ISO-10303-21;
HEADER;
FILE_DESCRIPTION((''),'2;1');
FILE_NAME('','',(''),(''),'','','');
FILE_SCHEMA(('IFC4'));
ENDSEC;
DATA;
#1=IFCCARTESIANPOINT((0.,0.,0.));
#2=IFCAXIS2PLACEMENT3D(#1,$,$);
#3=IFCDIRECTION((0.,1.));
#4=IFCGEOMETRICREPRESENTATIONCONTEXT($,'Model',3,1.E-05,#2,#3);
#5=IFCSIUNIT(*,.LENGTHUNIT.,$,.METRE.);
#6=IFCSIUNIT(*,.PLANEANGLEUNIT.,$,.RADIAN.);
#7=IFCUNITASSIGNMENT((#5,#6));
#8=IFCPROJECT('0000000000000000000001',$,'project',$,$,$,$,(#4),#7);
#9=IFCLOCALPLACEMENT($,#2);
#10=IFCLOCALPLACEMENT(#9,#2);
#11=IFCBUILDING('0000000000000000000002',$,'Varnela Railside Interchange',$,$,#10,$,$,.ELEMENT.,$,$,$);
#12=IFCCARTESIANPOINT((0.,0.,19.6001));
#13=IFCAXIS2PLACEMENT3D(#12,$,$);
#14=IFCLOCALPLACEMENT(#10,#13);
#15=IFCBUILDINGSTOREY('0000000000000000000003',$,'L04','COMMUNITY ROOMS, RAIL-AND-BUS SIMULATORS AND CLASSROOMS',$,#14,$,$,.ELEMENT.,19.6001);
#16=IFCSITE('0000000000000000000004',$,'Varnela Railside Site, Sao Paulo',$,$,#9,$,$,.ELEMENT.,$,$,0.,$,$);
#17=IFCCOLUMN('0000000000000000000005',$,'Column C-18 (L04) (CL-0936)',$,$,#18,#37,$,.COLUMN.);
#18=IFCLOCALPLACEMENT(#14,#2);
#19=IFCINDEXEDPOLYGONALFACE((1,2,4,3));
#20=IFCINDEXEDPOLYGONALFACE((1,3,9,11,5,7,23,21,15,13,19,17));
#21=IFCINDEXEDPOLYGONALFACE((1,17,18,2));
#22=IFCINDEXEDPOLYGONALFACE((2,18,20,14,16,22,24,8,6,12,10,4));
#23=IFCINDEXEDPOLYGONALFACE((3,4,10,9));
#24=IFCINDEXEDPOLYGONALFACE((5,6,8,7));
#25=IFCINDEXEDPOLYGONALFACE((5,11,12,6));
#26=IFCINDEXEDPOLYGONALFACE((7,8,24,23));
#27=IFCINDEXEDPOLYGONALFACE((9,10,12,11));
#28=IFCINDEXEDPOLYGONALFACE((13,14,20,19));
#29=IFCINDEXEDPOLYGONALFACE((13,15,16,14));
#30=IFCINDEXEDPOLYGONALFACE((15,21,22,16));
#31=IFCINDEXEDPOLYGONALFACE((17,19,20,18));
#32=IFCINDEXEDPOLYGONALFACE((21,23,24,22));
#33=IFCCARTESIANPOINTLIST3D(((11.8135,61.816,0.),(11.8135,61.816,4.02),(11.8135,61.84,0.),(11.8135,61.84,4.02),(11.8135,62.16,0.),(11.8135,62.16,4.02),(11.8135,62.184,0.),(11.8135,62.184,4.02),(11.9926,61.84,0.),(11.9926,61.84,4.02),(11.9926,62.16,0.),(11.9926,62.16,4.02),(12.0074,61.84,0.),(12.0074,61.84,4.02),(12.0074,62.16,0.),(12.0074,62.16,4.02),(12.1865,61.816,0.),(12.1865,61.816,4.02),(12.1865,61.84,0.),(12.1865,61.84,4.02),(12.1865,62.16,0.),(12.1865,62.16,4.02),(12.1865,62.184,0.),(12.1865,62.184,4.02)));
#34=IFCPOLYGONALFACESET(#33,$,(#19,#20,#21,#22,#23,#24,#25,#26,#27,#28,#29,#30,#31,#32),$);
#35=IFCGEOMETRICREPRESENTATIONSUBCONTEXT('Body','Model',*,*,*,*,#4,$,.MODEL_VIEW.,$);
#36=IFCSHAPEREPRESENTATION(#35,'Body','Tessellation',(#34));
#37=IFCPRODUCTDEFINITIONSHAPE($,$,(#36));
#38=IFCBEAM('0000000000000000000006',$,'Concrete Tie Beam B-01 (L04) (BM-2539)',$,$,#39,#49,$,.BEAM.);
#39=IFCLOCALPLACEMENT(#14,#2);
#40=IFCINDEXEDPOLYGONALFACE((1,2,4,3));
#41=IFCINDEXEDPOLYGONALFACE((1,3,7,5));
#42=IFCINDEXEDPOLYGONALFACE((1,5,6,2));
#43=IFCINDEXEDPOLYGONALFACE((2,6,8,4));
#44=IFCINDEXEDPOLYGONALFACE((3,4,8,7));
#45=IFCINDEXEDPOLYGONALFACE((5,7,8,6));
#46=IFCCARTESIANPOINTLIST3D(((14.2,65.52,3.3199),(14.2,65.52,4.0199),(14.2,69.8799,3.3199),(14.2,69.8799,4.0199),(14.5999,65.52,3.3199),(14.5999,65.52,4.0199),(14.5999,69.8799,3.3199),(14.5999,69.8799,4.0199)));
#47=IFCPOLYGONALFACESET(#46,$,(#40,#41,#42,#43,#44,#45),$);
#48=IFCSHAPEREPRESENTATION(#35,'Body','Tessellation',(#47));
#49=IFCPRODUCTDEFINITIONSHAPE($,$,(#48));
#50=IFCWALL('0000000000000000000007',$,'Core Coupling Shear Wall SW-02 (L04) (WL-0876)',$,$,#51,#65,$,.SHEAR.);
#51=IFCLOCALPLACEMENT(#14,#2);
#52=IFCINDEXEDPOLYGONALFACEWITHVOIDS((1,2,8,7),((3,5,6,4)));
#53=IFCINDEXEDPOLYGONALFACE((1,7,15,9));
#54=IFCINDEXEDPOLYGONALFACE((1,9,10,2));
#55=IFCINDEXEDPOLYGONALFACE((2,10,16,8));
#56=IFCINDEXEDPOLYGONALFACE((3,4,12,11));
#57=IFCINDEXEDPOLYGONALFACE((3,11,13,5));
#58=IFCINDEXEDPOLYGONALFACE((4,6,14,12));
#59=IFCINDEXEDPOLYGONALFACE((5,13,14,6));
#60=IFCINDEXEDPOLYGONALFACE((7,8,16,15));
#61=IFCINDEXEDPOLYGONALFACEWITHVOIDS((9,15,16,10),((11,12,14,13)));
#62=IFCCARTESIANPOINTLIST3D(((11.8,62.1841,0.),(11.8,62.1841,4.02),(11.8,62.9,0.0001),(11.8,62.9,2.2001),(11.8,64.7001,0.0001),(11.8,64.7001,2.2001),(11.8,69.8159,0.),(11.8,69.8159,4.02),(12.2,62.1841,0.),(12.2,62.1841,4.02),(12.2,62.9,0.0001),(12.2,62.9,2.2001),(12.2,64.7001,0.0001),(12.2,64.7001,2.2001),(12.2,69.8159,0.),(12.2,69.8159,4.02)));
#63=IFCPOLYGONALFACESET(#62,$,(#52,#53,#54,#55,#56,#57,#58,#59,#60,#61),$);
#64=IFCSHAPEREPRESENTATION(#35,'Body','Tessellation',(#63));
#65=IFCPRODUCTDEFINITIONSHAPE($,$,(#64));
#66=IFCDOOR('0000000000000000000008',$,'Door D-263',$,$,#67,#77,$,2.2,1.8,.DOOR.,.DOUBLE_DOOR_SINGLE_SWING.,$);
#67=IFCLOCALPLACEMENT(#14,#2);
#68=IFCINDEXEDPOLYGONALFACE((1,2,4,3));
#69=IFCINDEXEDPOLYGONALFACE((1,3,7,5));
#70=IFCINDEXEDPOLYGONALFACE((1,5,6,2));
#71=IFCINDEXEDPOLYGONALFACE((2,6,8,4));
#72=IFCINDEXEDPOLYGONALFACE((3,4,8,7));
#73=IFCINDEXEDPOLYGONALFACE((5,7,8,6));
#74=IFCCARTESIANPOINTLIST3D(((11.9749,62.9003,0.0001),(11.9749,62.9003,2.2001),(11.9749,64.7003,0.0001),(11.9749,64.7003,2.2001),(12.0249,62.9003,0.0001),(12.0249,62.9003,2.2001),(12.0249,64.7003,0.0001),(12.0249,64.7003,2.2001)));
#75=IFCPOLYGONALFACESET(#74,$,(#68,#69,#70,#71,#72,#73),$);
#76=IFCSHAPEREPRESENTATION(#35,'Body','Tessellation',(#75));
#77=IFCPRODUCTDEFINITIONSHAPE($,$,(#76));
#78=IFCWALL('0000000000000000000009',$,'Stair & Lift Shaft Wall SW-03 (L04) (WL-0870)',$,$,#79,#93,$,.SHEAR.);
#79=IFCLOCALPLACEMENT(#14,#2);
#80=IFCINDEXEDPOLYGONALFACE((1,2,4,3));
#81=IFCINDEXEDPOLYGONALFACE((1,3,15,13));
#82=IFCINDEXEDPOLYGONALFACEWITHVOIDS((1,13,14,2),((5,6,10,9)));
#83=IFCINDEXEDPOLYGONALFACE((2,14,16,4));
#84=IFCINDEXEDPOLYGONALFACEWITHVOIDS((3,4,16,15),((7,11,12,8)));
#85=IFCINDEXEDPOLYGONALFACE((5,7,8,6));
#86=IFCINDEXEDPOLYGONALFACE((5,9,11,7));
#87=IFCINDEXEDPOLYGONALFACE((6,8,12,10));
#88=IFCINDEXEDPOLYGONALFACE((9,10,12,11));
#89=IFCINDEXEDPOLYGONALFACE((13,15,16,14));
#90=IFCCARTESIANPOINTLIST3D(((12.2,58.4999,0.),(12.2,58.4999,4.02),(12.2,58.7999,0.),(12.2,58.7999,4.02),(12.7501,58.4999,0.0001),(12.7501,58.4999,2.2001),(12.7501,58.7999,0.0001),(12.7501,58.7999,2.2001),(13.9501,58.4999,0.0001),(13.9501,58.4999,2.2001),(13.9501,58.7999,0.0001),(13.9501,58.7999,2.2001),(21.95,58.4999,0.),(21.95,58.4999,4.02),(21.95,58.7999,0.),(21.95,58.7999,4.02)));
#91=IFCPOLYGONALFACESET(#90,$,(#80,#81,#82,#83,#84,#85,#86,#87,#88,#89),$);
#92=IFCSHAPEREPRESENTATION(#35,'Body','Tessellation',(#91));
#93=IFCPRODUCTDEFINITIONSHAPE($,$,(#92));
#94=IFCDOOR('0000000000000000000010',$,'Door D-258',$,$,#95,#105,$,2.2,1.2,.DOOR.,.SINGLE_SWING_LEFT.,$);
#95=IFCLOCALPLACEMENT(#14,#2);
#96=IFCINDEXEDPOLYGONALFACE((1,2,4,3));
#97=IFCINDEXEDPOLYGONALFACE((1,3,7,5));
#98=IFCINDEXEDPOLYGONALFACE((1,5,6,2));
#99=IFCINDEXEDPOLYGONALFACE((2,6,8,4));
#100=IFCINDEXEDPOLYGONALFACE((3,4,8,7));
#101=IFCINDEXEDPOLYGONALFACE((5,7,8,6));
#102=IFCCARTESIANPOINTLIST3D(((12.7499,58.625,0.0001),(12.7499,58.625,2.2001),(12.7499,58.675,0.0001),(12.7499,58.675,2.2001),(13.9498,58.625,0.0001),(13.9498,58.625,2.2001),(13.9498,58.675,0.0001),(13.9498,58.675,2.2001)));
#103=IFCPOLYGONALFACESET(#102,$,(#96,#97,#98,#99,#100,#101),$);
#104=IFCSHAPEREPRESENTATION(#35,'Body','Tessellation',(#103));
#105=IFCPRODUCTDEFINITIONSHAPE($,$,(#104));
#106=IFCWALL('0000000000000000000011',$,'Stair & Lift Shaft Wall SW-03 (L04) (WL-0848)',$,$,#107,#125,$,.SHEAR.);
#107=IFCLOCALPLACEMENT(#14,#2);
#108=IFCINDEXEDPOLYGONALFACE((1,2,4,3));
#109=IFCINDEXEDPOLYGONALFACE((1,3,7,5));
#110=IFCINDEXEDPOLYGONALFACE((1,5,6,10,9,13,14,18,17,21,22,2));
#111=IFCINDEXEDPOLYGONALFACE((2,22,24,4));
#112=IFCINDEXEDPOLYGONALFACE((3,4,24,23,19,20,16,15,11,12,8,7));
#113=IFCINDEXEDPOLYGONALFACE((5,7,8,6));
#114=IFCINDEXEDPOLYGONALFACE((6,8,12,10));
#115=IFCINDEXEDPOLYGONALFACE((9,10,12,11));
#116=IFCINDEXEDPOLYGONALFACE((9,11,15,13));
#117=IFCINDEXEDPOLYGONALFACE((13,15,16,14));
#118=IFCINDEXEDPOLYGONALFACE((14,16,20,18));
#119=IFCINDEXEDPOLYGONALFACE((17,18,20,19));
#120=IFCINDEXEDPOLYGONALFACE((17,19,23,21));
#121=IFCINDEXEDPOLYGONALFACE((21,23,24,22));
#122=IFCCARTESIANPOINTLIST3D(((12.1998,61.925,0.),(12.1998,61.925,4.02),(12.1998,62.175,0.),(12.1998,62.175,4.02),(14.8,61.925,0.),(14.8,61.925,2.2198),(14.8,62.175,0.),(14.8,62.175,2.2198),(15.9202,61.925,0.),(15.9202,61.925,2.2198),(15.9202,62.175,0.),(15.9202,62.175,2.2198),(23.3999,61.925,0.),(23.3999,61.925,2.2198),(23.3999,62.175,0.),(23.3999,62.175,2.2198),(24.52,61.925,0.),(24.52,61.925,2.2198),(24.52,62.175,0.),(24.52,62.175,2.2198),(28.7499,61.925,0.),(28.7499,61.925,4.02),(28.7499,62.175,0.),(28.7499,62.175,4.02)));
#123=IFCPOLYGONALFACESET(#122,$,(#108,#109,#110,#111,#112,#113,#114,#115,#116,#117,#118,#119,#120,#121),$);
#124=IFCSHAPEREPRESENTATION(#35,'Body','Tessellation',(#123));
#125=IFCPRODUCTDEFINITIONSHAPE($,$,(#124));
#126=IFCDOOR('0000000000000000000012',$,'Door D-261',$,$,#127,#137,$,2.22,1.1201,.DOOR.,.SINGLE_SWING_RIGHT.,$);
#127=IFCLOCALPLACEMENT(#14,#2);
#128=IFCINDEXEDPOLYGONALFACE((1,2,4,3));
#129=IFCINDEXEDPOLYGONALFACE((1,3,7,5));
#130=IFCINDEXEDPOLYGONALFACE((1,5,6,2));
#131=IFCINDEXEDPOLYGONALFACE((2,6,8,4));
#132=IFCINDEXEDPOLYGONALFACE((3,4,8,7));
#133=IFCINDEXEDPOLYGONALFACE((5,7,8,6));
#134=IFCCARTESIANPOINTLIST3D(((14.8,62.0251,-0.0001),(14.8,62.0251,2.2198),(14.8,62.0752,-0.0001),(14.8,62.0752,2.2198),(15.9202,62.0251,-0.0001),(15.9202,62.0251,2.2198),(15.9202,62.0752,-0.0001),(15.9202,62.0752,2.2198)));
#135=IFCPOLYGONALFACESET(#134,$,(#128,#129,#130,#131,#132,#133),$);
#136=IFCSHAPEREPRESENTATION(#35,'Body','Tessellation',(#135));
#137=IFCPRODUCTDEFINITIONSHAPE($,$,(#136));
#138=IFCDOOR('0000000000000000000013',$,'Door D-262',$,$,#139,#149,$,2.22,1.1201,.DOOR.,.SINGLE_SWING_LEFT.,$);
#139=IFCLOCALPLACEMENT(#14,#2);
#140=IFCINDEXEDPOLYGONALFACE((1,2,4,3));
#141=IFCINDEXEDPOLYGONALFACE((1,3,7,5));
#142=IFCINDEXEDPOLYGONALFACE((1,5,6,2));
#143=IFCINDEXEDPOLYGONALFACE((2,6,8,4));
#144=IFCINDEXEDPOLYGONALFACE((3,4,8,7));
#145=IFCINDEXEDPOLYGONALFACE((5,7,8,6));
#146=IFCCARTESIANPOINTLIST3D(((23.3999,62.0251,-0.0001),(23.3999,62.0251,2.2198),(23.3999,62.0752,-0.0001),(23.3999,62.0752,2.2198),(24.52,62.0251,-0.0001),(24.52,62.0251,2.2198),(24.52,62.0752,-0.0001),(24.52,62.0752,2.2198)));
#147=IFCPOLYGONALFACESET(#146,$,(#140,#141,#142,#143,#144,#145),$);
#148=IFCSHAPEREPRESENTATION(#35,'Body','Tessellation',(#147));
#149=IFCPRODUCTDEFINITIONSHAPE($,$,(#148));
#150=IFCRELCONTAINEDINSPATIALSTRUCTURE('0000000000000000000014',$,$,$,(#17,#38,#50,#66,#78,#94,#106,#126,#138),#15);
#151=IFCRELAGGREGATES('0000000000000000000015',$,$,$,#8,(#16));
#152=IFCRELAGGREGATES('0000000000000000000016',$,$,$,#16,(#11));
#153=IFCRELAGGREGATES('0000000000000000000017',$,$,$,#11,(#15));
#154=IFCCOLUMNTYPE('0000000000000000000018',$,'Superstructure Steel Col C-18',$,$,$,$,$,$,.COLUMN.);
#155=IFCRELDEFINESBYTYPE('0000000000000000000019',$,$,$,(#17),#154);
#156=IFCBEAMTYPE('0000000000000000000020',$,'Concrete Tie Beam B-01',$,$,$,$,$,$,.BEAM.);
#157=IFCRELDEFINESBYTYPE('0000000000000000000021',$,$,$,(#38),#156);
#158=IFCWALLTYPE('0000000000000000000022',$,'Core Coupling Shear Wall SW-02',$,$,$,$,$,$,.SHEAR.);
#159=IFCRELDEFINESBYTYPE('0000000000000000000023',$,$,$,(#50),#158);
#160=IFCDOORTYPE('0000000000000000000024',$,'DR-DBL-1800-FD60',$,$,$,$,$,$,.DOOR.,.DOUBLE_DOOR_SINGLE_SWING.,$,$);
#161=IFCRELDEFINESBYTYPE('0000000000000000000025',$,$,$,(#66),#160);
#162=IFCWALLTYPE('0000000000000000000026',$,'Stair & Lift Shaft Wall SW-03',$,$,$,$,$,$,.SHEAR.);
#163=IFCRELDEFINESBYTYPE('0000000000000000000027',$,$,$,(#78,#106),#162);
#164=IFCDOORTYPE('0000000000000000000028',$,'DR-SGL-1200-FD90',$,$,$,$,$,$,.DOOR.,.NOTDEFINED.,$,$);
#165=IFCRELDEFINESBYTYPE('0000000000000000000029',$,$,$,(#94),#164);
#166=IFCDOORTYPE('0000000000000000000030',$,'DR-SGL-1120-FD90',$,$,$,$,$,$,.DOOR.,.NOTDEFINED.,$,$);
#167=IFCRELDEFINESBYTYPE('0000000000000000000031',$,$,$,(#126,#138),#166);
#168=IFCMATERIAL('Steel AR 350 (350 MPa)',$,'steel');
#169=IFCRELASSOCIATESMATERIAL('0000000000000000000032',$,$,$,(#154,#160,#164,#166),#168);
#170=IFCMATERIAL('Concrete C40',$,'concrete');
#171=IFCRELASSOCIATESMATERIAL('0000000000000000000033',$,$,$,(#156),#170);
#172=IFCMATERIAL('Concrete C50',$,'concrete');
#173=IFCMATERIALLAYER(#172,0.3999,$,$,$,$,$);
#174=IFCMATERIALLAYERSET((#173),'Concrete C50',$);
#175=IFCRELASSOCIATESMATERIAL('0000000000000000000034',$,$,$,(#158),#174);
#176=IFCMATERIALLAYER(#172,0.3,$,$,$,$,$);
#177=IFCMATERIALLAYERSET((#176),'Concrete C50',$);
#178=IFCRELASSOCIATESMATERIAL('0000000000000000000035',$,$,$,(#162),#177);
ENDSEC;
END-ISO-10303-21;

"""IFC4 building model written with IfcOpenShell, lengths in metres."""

from ifc_helpers import new_model, si_unit, direction, frame, frame_2d, origin, origin_2d, place, context, subcontext, project, spatial, rectangle, i_section, extrude, material, layer, layer_set, material_profile, profile_set, type_object, element, fill, save


model = new_model("IFC4")

# Units and contexts
model_context = context("Model", 3, precision=1e-05, world=origin(), true_north=direction((0.0, 1.0)))
body_context = subcontext(model_context, "Body", "Model", "MODEL_VIEW")
ifc_project = project(units=[si_unit("LENGTHUNIT", "METRE"), si_unit("PLANEANGLEUNIT", "RADIAN")], contexts=[model_context])

# Site, building, storey
site_placement = place(None, origin())
site = spatial("IfcSite", under=ifc_project, at=site_placement, Name="Varnela Railside Site, Sao Paulo", CompositionType="ELEMENT", RefElevation=0.0)
building_placement = place(site_placement, origin())
building = spatial("IfcBuilding", under=site, at=building_placement, Name="Varnela Railside Interchange", CompositionType="ELEMENT")
storey_placement = place(building_placement, frame((0.0, 0.0, 19.6001)))
storey = spatial("IfcBuildingStorey", under=building, at=storey_placement, Name="L04", Description="COMMUNITY ROOMS, RAIL-AND-BUS SIMULATORS AND CLASSROOMS", CompositionType="ELEMENT", Elevation=19.6001)

# Column
ifc_material_1 = material(Name="Steel AR 350 (350 MPa)", Category="steel")
ifc_material_profile_1 = material_profile(ifc_material_1, i_section(OverallWidth=0.373, OverallDepth=0.3679, WebThickness=0.0149, FlangeThickness=0.0239, at=origin_2d()), Name="W360x179")
ifc_profile_set_1 = profile_set([ifc_material_profile_1], Name="Steel AR 350 (350 MPa)")
column_type = type_object("IfcColumnType", Name="Superstructure Steel Col C-18", PredefinedType="COLUMN", material=ifc_profile_set_1)
column_placement = place(storey_placement, frame((12.0, 62.0, 0.0), z_axis=(0.0, 0.0, 1.0), x_axis=(1.0, 0.0, 0.0)))
element("IfcColumn", 1, at=column_placement, inside=storey, type_object=column_type, Name="Column C-18 (L04) (CL-0936)", PredefinedType="COLUMN", context=body_context, shape_type="SweptSolid", body=[
    extrude(i_section(OverallWidth=0.373, OverallDepth=0.3679, WebThickness=0.0149, FlangeThickness=0.0239, at=origin_2d()), origin(), (0.0, 0.0, 1.0), 4.02),
])

# Beam
ifc_material_2 = material(Name="Concrete C40", Category="concrete")
ifc_material_profile_2 = material_profile(ifc_material_2, rectangle(XDim=0.3999, YDim=0.7, at=origin_2d()), Name="RC 400x700")
ifc_profile_set_2 = profile_set([ifc_material_profile_2], Name="Concrete C40")
beam_type = type_object("IfcBeamType", Name="Concrete Tie Beam B-01", PredefinedType="BEAM", material=ifc_profile_set_2)
beam_placement = place(storey_placement, frame((14.3999, 65.52, 3.6699), z_axis=(0.0, 1.0, 0.0), x_axis=(-1.0, 0.0, 0.0)))
element("IfcBeam", 2, at=beam_placement, inside=storey, type_object=beam_type, Name="Concrete Tie Beam B-01 (L04) (BM-2539)", PredefinedType="BEAM", context=body_context, shape_type="SweptSolid", body=[
    extrude(rectangle(XDim=0.3999, YDim=0.7, at=origin_2d()), origin(), (0.0, 0.0, 1.0), 4.3599),
])

# Walls, openings, doors
ifc_material_3 = material(Name="Concrete C50", Category="concrete")
ifc_layer_1 = layer(ifc_material_3, 0.3999)
ifc_layer_set_1 = layer_set([ifc_layer_1], Name="Concrete C50")
wall_type_1 = type_object("IfcWallType", Name="Core Coupling Shear Wall SW-02", PredefinedType="SHEAR", material=ifc_layer_set_1)
wall_1_placement = place(storey_placement, frame((12.0, 62.1841, 0.0), z_axis=(0.0, 0.0, 1.0), x_axis=(0.0, 1.0, 0.0)))
wall_1 = element("IfcWall", 3, at=wall_1_placement, inside=storey, type_object=wall_type_1, Name="Core Coupling Shear Wall SW-02 (L04) (WL-0876)", PredefinedType="SHEAR", context=body_context, shape_type="SweptSolid", body=[
    extrude(rectangle(XDim=7.6318, YDim=0.3999, at=frame_2d((3.8159, 0.0))), origin(), (0.0, 0.0, 1.0), 4.02),
])
opening_1_placement = place(wall_1_placement, frame((0.7161, 0.0, 0.0)))
opening_1 = element("IfcOpeningElement", 4, at=opening_1_placement, cuts=wall_1, PredefinedType="OPENING", context=body_context, shape_type="SweptSolid", body=[
    extrude(rectangle(XDim=1.8, YDim=2.2, at=frame_2d((0.8999, 1.1001))), frame((0.0, 0.21, 0.0), z_axis=(0.0, -1.0, 0.0), x_axis=(1.0, 0.0, 0.0)), (0.0, 0.0, 1.0), 0.4199),
])
door_type_1 = type_object("IfcDoorType", Name="DR-DBL-1800-FD60", OperationType="DOUBLE_DOOR_SINGLE_SWING", PredefinedType="DOOR", material=ifc_material_1)
door_1_placement = place(opening_1_placement, frame((1.8, 0.0, 0.0), z_axis=(0.0, 0.0, 1.0), x_axis=(-1.0, 0.0, 0.0)))
door_1 = element("IfcDoor", 5, at=door_1_placement, inside=storey, type_object=door_type_1, Name="Door D-263", OperationType="DOUBLE_DOOR_SINGLE_SWING", OverallHeight=2.2, OverallWidth=1.8, PredefinedType="DOOR", context=body_context, shape_type="SweptSolid", body=[
    extrude(rectangle(XDim=1.8, YDim=2.2, at=frame_2d((0.8999, 1.1001))), frame((0.0, 0.0249, 0.0), z_axis=(0.0, -1.0, 0.0), x_axis=(1.0, 0.0, 0.0)), (0.0, 0.0, 1.0), 0.05),
])
fill(opening_1, door_1)
ifc_layer_2 = layer(ifc_material_3, 0.3)
ifc_layer_set_2 = layer_set([ifc_layer_2], Name="Concrete C50")
wall_type_2 = type_object("IfcWallType", Name="Stair & Lift Shaft Wall SW-03", PredefinedType="SHEAR", material=ifc_layer_set_2)
wall_2_placement = place(storey_placement, frame((12.2, 58.6499, 0.0), z_axis=(0.0, 0.0, 1.0), x_axis=(1.0, 0.0, 0.0)))
wall_2 = element("IfcWall", 6, at=wall_2_placement, inside=storey, type_object=wall_type_2, Name="Stair & Lift Shaft Wall SW-03 (L04) (WL-0870)", PredefinedType="SHEAR", context=body_context, shape_type="SweptSolid", body=[
    extrude(rectangle(XDim=9.75, YDim=0.3, at=frame_2d((4.875, 0.0))), origin(), (0.0, 0.0, 1.0), 4.02),
])
opening_2_placement = place(wall_2_placement, frame((0.55, 0.0, 0.0)))
opening_2 = element("IfcOpeningElement", 7, at=opening_2_placement, cuts=wall_2, PredefinedType="OPENING", context=body_context, shape_type="SweptSolid", body=[
    extrude(rectangle(XDim=1.2, YDim=2.2, at=frame_2d((0.6001, 1.1001))), frame((0.0, 0.1599, 0.0), z_axis=(0.0, -1.0, 0.0), x_axis=(1.0, 0.0, 0.0)), (0.0, 0.0, 1.0), 0.3201),
])
door_type_2 = type_object("IfcDoorType", Name="DR-SGL-1200-FD90", OperationType="NOTDEFINED", PredefinedType="DOOR", material=ifc_material_1)
door_2_placement = place(opening_2_placement, frame((1.2, 0.0, 0.0), z_axis=(0.0, 0.0, 1.0), x_axis=(-1.0, 0.0, 0.0)))
door_2 = element("IfcDoor", 8, at=door_2_placement, inside=storey, type_object=door_type_2, Name="Door D-258", OperationType="SINGLE_SWING_LEFT", OverallHeight=2.2, OverallWidth=1.2, PredefinedType="DOOR", context=body_context, shape_type="SweptSolid", body=[
    extrude(rectangle(XDim=1.2, YDim=2.2, at=frame_2d((0.6001, 1.1001))), frame((0.0, 0.0249, 0.0), z_axis=(0.0, -1.0, 0.0), x_axis=(1.0, 0.0, 0.0)), (0.0, 0.0, 1.0), 0.05),
])
fill(opening_2, door_2)

# Wall, openings, doors
wall_3_placement = place(storey_placement, frame((12.2, 62.05, 0.0), z_axis=(0.0, 0.0, 1.0), x_axis=(1.0, 0.0, 0.0)))
wall_3 = element("IfcWall", 9, at=wall_3_placement, inside=storey, type_object=wall_type_2, Name="Stair & Lift Shaft Wall SW-03 (L04) (WL-0848)", PredefinedType="SHEAR", context=body_context, shape_type="SweptSolid", body=[
    extrude(rectangle(XDim=16.55, YDim=0.25, at=frame_2d((8.2749, 0.0))), origin(), (0.0, 0.0, 1.0), 4.02),
])
opening_3_placement = place(wall_3_placement, frame((2.6001, 0.0, 0.0)))
opening_3 = element("IfcOpeningElement", 10, at=opening_3_placement, cuts=wall_3, PredefinedType="OPENING", context=body_context, shape_type="SweptSolid", body=[
    extrude(rectangle(XDim=1.1201, YDim=2.22, at=frame_2d((0.5601, 1.1099))), frame((0.0, 0.135, 0.0), z_axis=(0.0, -1.0, 0.0), x_axis=(1.0, 0.0, 0.0)), (0.0, 0.0, 1.0), 0.27),
])
opening_4_placement = place(wall_3_placement, frame((11.2, 0.0, 0.0)))
opening_4 = element("IfcOpeningElement", 11, at=opening_4_placement, cuts=wall_3, PredefinedType="OPENING", context=body_context, shape_type="SweptSolid", body=[
    extrude(rectangle(XDim=1.1201, YDim=2.22, at=frame_2d((0.5601, 1.1099))), frame((0.0, 0.135, 0.0), z_axis=(0.0, -1.0, 0.0), x_axis=(1.0, 0.0, 0.0)), (0.0, 0.0, 1.0), 0.27),
])
door_type_3 = type_object("IfcDoorType", Name="DR-SGL-1120-FD90", OperationType="NOTDEFINED", PredefinedType="DOOR", material=ifc_material_1)
door_3_placement = place(opening_3_placement, frame((1.1201, 0.0, 0.0), z_axis=(0.0, 0.0, 1.0), x_axis=(-1.0, 0.0, 0.0)))
door_3 = element("IfcDoor", 12, at=door_3_placement, inside=storey, type_object=door_type_3, Name="Door D-261", OperationType="SINGLE_SWING_RIGHT", OverallHeight=2.22, OverallWidth=1.1201, PredefinedType="DOOR", context=body_context, shape_type="SweptSolid", body=[
    extrude(rectangle(XDim=1.1201, YDim=2.22, at=frame_2d((0.5601, 1.1099))), frame((0.0, 0.0249, 0.0), z_axis=(0.0, -1.0, 0.0), x_axis=(1.0, 0.0, 0.0)), (0.0, 0.0, 1.0), 0.05),
])
fill(opening_3, door_3)
door_4_placement = place(opening_4_placement, frame((1.1201, 0.0, 0.0), z_axis=(0.0, 0.0, 1.0), x_axis=(-1.0, 0.0, 0.0)))
door_4 = element("IfcDoor", 13, at=door_4_placement, inside=storey, type_object=door_type_3, Name="Door D-262", OperationType="SINGLE_SWING_LEFT", OverallHeight=2.22, OverallWidth=1.1201, PredefinedType="DOOR", context=body_context, shape_type="SweptSolid", body=[
    extrude(rectangle(XDim=1.1201, YDim=2.22, at=frame_2d((0.5601, 1.1099))), frame((0.0, 0.0249, 0.0), z_axis=(0.0, -1.0, 0.0), x_axis=(1.0, 0.0, 0.0)), (0.0, 0.0, 1.0), 0.05),
])
fill(opening_4, door_4)

save(model, "model.ifc")
